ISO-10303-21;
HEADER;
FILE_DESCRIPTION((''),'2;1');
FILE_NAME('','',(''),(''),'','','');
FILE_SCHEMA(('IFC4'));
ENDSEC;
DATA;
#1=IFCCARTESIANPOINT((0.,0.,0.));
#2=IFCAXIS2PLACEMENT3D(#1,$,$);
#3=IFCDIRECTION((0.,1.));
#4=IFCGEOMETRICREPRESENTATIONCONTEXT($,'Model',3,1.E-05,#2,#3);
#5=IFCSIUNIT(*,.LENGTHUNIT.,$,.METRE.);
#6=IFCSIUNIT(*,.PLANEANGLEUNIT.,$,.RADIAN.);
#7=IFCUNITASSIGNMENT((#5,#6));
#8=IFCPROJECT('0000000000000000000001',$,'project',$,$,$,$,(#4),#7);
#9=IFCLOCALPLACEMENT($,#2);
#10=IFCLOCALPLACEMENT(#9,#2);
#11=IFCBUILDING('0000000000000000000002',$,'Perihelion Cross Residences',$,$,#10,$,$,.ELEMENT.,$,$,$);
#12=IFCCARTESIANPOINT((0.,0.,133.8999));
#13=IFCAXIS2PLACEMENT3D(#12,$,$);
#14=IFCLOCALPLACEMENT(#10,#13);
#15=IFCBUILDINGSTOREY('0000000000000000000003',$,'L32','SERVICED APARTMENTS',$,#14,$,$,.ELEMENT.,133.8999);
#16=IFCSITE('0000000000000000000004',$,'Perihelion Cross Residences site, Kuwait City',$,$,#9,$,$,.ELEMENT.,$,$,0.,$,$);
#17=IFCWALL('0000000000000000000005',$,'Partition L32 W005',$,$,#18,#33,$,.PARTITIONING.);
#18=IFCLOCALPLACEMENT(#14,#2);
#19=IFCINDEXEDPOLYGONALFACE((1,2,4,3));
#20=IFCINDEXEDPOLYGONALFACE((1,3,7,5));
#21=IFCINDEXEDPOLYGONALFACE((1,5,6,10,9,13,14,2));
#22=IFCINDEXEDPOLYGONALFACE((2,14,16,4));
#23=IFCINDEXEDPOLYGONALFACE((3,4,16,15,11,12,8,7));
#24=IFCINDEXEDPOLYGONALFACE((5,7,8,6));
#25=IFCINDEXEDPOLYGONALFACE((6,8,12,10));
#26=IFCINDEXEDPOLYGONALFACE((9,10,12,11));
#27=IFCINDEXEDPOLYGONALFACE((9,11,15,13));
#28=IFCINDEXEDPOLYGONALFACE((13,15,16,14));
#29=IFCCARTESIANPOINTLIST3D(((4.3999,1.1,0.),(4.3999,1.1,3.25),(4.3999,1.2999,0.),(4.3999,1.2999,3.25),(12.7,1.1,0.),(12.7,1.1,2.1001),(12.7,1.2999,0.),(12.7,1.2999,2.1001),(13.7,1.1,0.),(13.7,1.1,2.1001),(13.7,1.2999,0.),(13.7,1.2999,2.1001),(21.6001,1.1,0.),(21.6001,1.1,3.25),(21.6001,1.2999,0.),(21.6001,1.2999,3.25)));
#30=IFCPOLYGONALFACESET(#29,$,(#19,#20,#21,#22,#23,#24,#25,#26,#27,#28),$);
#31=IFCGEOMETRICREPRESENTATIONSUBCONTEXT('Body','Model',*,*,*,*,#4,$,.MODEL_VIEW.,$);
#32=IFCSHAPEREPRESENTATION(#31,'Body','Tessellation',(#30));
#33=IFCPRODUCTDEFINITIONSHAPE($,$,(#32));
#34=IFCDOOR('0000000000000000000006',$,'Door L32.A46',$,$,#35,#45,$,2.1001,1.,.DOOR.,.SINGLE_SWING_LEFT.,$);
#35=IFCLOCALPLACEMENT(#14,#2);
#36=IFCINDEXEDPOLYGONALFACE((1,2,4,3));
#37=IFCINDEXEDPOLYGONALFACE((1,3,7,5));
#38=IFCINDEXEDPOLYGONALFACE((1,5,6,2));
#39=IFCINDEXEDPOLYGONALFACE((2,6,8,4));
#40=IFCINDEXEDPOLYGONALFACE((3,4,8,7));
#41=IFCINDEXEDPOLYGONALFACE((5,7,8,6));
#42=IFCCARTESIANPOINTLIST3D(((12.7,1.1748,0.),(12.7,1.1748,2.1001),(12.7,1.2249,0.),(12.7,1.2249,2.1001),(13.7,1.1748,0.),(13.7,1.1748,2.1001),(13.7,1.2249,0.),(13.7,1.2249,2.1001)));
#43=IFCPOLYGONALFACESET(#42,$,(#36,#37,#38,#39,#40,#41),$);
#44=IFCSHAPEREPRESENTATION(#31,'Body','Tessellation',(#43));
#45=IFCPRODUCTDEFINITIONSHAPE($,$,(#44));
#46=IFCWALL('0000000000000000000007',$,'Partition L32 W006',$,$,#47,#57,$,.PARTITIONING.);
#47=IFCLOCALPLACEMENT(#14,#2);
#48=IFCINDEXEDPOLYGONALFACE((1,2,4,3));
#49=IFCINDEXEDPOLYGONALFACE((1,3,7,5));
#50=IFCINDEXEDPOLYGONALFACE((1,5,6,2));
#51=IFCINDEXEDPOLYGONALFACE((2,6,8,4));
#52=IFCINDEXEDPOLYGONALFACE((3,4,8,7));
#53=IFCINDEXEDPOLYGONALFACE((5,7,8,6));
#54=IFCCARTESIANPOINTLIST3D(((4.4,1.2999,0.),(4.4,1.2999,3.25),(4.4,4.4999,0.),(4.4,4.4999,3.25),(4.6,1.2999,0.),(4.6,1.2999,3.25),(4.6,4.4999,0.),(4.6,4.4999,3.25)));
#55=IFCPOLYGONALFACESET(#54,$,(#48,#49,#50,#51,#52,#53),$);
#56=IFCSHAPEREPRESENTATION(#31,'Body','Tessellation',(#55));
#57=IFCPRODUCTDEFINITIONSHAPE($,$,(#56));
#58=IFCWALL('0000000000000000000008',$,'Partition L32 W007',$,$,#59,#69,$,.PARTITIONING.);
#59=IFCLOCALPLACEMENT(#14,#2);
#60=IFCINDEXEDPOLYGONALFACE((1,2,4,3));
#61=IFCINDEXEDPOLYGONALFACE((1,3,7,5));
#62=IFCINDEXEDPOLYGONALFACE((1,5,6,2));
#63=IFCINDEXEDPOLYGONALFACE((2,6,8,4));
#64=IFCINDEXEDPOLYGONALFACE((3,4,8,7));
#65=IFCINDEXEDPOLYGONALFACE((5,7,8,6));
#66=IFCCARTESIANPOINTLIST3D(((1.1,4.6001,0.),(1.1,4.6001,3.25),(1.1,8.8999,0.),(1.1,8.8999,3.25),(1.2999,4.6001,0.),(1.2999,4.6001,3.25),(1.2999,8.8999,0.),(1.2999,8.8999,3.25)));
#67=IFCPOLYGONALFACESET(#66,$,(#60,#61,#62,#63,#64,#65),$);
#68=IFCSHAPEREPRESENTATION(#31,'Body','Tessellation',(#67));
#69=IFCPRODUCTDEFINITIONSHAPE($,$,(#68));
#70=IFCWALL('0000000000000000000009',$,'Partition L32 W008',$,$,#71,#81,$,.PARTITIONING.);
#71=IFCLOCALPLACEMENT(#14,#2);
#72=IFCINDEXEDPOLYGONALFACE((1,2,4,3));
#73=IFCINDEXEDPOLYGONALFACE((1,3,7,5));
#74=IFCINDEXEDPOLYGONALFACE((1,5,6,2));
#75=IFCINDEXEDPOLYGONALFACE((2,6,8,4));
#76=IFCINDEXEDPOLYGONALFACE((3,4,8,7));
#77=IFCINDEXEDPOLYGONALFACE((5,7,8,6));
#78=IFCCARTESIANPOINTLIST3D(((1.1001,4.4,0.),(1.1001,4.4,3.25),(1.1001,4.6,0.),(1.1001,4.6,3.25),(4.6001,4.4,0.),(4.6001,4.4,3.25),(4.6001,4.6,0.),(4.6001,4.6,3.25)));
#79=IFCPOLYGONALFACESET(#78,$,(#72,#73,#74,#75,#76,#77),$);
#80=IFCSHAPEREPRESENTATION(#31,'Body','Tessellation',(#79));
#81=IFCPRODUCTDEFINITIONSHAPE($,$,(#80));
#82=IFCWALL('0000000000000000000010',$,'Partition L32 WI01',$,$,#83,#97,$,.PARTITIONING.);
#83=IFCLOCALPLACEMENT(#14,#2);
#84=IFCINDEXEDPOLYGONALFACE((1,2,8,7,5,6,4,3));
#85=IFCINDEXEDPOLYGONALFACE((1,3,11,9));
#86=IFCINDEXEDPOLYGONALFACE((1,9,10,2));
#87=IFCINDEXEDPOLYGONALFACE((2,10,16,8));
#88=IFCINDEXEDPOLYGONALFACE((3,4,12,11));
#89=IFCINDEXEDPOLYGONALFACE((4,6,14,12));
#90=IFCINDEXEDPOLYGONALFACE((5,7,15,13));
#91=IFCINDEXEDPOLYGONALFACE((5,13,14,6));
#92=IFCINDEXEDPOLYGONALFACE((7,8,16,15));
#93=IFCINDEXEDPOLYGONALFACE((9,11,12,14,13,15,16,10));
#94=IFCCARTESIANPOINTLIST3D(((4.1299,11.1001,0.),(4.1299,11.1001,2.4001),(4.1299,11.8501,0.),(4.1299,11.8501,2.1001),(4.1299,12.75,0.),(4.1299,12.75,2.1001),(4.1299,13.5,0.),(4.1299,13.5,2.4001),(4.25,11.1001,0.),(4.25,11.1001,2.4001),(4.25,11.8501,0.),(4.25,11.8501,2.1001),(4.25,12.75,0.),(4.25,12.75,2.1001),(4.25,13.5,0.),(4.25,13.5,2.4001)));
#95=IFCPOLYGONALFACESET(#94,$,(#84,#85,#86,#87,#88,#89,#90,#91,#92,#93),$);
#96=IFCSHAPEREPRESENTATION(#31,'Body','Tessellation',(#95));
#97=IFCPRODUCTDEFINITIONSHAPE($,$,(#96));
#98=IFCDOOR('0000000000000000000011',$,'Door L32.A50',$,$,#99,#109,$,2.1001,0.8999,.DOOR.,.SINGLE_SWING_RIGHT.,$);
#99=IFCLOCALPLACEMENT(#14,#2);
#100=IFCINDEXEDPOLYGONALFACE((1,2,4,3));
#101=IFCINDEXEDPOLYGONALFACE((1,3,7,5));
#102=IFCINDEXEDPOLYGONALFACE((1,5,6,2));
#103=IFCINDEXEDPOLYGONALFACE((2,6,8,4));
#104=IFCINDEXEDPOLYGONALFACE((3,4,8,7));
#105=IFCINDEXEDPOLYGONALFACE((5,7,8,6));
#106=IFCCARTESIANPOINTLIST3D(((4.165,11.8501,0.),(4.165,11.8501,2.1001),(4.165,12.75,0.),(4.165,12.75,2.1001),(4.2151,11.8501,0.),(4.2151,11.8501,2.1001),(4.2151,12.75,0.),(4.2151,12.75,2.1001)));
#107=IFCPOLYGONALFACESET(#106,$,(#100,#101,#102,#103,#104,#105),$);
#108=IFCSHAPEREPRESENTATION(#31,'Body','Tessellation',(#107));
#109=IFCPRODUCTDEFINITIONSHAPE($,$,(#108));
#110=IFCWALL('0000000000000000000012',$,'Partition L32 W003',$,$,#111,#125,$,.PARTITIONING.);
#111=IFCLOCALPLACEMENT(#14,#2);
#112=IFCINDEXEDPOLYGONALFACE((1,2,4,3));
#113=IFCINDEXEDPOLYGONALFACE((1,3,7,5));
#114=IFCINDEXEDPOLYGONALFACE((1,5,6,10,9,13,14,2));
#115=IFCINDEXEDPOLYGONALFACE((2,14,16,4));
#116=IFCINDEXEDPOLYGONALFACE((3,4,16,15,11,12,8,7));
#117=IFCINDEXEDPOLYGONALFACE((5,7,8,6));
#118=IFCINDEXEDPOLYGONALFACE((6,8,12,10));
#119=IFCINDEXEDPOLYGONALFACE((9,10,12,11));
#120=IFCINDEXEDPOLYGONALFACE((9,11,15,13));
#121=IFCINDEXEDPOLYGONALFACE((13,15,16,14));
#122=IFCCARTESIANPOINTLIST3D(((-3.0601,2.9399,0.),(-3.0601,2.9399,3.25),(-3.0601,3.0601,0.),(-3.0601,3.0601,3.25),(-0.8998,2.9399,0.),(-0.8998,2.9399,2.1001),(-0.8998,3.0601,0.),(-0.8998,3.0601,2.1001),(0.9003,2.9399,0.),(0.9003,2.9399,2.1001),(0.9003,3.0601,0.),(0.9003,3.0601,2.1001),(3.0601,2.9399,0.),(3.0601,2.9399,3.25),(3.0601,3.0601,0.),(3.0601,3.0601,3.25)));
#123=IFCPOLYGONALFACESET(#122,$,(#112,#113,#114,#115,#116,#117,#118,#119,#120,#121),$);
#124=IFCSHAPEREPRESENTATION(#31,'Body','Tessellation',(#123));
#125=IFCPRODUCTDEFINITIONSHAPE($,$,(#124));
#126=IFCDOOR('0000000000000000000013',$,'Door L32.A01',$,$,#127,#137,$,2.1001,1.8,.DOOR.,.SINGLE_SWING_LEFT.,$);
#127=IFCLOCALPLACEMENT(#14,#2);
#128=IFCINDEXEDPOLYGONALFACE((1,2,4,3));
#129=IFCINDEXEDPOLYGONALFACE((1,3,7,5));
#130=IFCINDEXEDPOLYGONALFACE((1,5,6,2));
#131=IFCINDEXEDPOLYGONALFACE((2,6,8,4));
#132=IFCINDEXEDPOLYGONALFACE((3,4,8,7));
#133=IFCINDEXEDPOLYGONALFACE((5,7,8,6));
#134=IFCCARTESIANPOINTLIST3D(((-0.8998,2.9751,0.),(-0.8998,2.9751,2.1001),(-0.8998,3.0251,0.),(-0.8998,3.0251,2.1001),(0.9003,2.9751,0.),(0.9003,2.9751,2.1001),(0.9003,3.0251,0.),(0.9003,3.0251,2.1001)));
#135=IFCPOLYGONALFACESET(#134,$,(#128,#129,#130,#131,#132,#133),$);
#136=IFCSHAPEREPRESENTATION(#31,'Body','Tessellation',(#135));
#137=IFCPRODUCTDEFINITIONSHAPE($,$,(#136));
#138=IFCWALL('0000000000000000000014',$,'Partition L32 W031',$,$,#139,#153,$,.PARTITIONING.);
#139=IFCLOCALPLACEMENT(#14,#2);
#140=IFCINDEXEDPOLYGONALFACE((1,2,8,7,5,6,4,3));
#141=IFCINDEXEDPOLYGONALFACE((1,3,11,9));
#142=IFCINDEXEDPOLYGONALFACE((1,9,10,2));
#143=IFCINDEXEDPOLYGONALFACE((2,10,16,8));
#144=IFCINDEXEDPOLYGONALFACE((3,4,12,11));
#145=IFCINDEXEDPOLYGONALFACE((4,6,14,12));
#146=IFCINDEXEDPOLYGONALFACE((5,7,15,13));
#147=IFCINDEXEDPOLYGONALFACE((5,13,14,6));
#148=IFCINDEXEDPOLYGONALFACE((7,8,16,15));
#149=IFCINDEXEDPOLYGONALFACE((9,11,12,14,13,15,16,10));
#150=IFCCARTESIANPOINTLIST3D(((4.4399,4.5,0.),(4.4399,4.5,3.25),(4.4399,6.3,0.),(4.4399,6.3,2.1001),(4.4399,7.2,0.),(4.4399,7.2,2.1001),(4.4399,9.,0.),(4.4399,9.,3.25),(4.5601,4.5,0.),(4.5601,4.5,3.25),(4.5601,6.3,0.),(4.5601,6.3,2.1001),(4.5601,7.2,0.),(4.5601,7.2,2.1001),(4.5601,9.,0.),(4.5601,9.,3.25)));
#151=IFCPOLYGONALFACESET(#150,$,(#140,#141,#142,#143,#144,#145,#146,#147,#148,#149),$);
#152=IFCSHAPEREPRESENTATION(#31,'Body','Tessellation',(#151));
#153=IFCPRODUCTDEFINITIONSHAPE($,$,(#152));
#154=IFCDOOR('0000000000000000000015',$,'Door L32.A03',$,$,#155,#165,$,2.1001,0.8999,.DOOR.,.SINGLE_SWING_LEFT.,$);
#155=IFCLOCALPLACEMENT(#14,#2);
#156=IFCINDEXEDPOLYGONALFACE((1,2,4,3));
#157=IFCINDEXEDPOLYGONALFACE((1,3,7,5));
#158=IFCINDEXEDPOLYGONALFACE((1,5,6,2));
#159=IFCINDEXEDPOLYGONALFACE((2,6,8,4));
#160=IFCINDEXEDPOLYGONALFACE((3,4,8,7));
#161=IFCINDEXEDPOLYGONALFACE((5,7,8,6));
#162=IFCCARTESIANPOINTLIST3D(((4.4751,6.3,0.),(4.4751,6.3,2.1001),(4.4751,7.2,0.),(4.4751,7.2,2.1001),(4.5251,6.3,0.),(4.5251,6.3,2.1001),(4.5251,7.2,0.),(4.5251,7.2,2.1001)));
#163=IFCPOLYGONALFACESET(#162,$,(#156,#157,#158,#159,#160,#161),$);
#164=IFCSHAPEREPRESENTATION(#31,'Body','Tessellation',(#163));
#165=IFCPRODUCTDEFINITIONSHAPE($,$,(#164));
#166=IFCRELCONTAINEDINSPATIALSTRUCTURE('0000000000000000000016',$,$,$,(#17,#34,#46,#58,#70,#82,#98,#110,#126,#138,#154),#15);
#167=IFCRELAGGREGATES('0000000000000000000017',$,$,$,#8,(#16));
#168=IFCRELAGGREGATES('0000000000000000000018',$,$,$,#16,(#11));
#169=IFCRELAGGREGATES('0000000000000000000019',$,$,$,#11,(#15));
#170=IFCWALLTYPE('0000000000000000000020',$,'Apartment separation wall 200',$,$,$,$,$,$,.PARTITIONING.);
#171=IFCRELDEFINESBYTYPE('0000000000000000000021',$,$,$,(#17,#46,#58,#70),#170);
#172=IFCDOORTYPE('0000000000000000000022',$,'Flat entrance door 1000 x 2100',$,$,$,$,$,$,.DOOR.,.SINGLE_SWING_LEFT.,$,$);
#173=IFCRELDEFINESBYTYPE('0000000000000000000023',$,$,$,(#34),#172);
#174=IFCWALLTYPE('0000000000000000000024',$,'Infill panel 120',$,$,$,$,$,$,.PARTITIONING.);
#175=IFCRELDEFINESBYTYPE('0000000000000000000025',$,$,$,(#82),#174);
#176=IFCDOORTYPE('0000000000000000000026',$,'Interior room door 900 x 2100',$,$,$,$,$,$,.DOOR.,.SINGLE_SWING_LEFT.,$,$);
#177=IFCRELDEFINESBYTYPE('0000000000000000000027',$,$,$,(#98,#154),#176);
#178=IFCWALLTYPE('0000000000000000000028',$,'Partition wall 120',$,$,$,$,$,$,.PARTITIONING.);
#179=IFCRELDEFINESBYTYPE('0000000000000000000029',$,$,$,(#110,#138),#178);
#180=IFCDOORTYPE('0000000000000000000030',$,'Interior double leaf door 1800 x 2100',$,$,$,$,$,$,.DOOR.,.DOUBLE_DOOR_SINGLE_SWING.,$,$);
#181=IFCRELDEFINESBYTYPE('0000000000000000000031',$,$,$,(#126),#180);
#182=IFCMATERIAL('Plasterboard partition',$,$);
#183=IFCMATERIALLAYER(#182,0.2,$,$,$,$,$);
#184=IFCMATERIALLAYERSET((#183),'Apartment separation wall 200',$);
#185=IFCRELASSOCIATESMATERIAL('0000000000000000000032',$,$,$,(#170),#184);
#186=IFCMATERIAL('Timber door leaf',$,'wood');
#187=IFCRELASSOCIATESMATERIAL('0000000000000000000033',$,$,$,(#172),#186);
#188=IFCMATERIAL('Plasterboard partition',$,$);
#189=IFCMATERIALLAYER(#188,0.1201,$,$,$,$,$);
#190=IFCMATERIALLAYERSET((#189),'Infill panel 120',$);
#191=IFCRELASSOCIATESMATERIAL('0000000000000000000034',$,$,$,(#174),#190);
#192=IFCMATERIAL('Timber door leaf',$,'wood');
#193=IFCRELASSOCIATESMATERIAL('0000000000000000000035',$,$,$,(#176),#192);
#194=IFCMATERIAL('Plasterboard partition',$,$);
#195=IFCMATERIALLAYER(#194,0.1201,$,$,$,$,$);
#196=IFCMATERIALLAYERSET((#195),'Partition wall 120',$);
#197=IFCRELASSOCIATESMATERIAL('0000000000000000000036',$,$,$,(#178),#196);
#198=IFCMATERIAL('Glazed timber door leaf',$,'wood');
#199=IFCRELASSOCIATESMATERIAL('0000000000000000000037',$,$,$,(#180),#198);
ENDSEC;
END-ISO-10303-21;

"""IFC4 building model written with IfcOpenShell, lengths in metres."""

from ifc_helpers import new_model, si_unit, direction, frame, frame_2d, origin, place, context, subcontext, project, spatial, rectangle, extrude, material, layer, layer_set, type_object, element, fill, save


model = new_model("IFC4")

# Units and contexts
model_context = context("Model", 3, precision=1e-05, world=origin(), true_north=direction((0.0, 1.0)))
body_context = subcontext(model_context, "Body", "Model", "MODEL_VIEW")
ifc_project = project(units=[si_unit("LENGTHUNIT", "METRE"), si_unit("PLANEANGLEUNIT", "RADIAN")], contexts=[model_context])

# Site, building, storey
site_placement = place(None, origin())
site = spatial("IfcSite", under=ifc_project, at=site_placement, Name="Perihelion Cross Residences site, Kuwait City", CompositionType="ELEMENT", RefElevation=0.0)
building_placement = place(site_placement, origin())
building = spatial("IfcBuilding", under=site, at=building_placement, Name="Perihelion Cross Residences", CompositionType="ELEMENT")
storey_placement = place(building_placement, frame((0.0, 0.0, 133.8999)))
storey = spatial("IfcBuildingStorey", under=building, at=storey_placement, Name="L32", Description="SERVICED APARTMENTS", CompositionType="ELEMENT", Elevation=133.8999)

# Wall, opening, door
ifc_material_1 = material(Name="Plasterboard partition")
ifc_layer_1 = layer(ifc_material_1, 0.2)
ifc_layer_set_1 = layer_set([ifc_layer_1], Name="Apartment separation wall 200")
wall_type_1 = type_object("IfcWallType", Name="Apartment separation wall 200", PredefinedType="PARTITIONING", material=ifc_layer_set_1)
wall_1_placement = place(storey_placement, frame((4.3999, 1.2, 0.0), z_axis=(0.0, 0.0, 1.0), x_axis=(1.0, 0.0, 0.0)))
wall_1 = element("IfcWall", 1, at=wall_1_placement, inside=storey, type_object=wall_type_1, Name="Partition L32 W005", PredefinedType="PARTITIONING", context=body_context, shape_type="SweptSolid", body=[
    extrude(rectangle(XDim=17.2002, YDim=0.2, at=frame_2d((8.6001, 0.0))), origin(), (0.0, 0.0, 1.0), 3.25),
])
opening_1_placement = place(wall_1_placement, frame((8.3, 0.0, 0.0)))
opening_1 = element("IfcOpeningElement", 2, at=opening_1_placement, cuts=wall_1, PredefinedType="OPENING", context=body_context, shape_type="SweptSolid", body=[
    extrude(rectangle(XDim=1.0, YDim=2.1001, at=frame_2d((0.5, 1.05))), frame((0.0, 0.1099, 0.0), z_axis=(0.0, -1.0, 0.0), x_axis=(1.0, 0.0, 0.0)), (0.0, 0.0, 1.0), 0.22),
])
ifc_material_2 = material(Name="Timber door leaf", Category="wood")
door_type_1 = type_object("IfcDoorType", Name="Flat entrance door 1000 x 2100", OperationType="SINGLE_SWING_LEFT", PredefinedType="DOOR", material=ifc_material_2)
door_1_placement = place(opening_1_placement, origin())
door_1 = element("IfcDoor", 3, at=door_1_placement, inside=storey, type_object=door_type_1, Name="Door L32.A46", OperationType="SINGLE_SWING_LEFT", OverallHeight=2.1001, OverallWidth=1.0, PredefinedType="DOOR", context=body_context, shape_type="SweptSolid", body=[
    extrude(rectangle(XDim=1.0, YDim=2.1001, at=frame_2d((0.5, 1.05))), frame((0.0, 0.0249, 0.0), z_axis=(0.0, -1.0, 0.0), x_axis=(1.0, 0.0, 0.0)), (0.0, 0.0, 1.0), 0.05),
])
fill(opening_1, door_1)

# Walls
wall_2_placement = place(storey_placement, frame((4.5, 4.5, 0.0), z_axis=(0.0, 0.0, 1.0), x_axis=(0.0, -1.0, 0.0)))
element("IfcWall", 4, at=wall_2_placement, inside=storey, type_object=wall_type_1, Name="Partition L32 W006", PredefinedType="PARTITIONING", context=body_context, shape_type="SweptSolid", body=[
    extrude(rectangle(XDim=3.2, YDim=0.2, at=frame_2d((1.6001, 0.0))), origin(), (0.0, 0.0, 1.0), 3.25),
])
wall_3_placement = place(storey_placement, frame((1.2, 8.8999, 0.0), z_axis=(0.0, 0.0, 1.0), x_axis=(0.0, -1.0, 0.0)))
element("IfcWall", 5, at=wall_3_placement, inside=storey, type_object=wall_type_1, Name="Partition L32 W007", PredefinedType="PARTITIONING", context=body_context, shape_type="SweptSolid", body=[
    extrude(rectangle(XDim=4.2998, YDim=0.2, at=frame_2d((2.1499, 0.0))), origin(), (0.0, 0.0, 1.0), 3.25),
])
wall_4_placement = place(storey_placement, frame((1.1001, 4.5, 0.0), z_axis=(0.0, 0.0, 1.0), x_axis=(1.0, 0.0, 0.0)))
element("IfcWall", 6, at=wall_4_placement, inside=storey, type_object=wall_type_1, Name="Partition L32 W008", PredefinedType="PARTITIONING", context=body_context, shape_type="SweptSolid", body=[
    extrude(rectangle(XDim=3.5, YDim=0.2, at=frame_2d((1.75, 0.0))), origin(), (0.0, 0.0, 1.0), 3.25),
])

# Walls, openings, doors
ifc_material_3 = material(Name="Plasterboard partition")
ifc_layer_2 = layer(ifc_material_3, 0.1201)
ifc_layer_set_2 = layer_set([ifc_layer_2], Name="Infill panel 120")
wall_type_2 = type_object("IfcWallType", Name="Infill panel 120", PredefinedType="PARTITIONING", material=ifc_layer_set_2)
wall_5_placement = place(storey_placement, frame((4.1899, 11.1001, 0.0), z_axis=(0.0, 0.0, 1.0), x_axis=(0.0, 1.0, 0.0)))
wall_5 = element("IfcWall", 7, at=wall_5_placement, inside=storey, type_object=wall_type_2, Name="Partition L32 WI01", PredefinedType="PARTITIONING", context=body_context, shape_type="SweptSolid", body=[
    extrude(rectangle(XDim=2.3999, YDim=0.1201, at=frame_2d((1.2, 0.0))), origin(), (0.0, 0.0, 1.0), 2.4001),
])
opening_2_placement = place(wall_5_placement, frame((0.75, 0.0, 0.0)))
opening_2 = element("IfcOpeningElement", 8, at=opening_2_placement, cuts=wall_5, PredefinedType="OPENING", context=body_context, shape_type="SweptSolid", body=[
    extrude(rectangle(XDim=0.8999, YDim=2.1001, at=frame_2d((0.45, 1.05))), frame((0.0, 0.0701, 0.0), z_axis=(0.0, -1.0, 0.0), x_axis=(1.0, 0.0, 0.0)), (0.0, 0.0, 1.0), 0.1401),
])
ifc_material_4 = material(Name="Timber door leaf", Category="wood")
door_type_2 = type_object("IfcDoorType", Name="Interior room door 900 x 2100", OperationType="SINGLE_SWING_LEFT", PredefinedType="DOOR", material=ifc_material_4)
door_2_placement = place(opening_2_placement, origin())
door_2 = element("IfcDoor", 9, at=door_2_placement, inside=storey, type_object=door_type_2, Name="Door L32.A50", OperationType="SINGLE_SWING_RIGHT", OverallHeight=2.1001, OverallWidth=0.8999, PredefinedType="DOOR", context=body_context, shape_type="SweptSolid", body=[
    extrude(rectangle(XDim=0.8999, YDim=2.1001, at=frame_2d((0.45, 1.05))), frame((0.0, 0.0249, 0.0), z_axis=(0.0, -1.0, 0.0), x_axis=(1.0, 0.0, 0.0)), (0.0, 0.0, 1.0), 0.05),
])
fill(opening_2, door_2)
ifc_material_5 = material(Name="Plasterboard partition")
ifc_layer_3 = layer(ifc_material_5, 0.1201)
ifc_layer_set_3 = layer_set([ifc_layer_3], Name="Partition wall 120")
wall_type_3 = type_object("IfcWallType", Name="Partition wall 120", PredefinedType="PARTITIONING", material=ifc_layer_set_3)
wall_6_placement = place(storey_placement, frame((3.0601, 3.0, 0.0), z_axis=(0.0, 0.0, 1.0), x_axis=(-1.0, 0.0, 0.0)))
wall_6 = element("IfcWall", 10, at=wall_6_placement, inside=storey, type_object=wall_type_3, Name="Partition L32 W003", PredefinedType="PARTITIONING", context=body_context, shape_type="SweptSolid", body=[
    extrude(rectangle(XDim=6.1201, YDim=0.1201, at=frame_2d((3.0601, 0.0))), origin(), (0.0, 0.0, 1.0), 3.25),
])
opening_3_placement = place(wall_6_placement, frame((2.1599, 0.0, 0.0)))
opening_3 = element("IfcOpeningElement", 11, at=opening_3_placement, cuts=wall_6, PredefinedType="OPENING", context=body_context, shape_type="SweptSolid", body=[
    extrude(rectangle(XDim=1.8, YDim=2.1001, at=frame_2d((0.8999, 1.05))), frame((0.0, 0.0701, 0.0), z_axis=(0.0, -1.0, 0.0), x_axis=(1.0, 0.0, 0.0)), (0.0, 0.0, 1.0), 0.1401),
])
ifc_material_6 = material(Name="Glazed timber door leaf", Category="wood")
door_type_3 = type_object("IfcDoorType", Name="Interior double leaf door 1800 x 2100", OperationType="DOUBLE_DOOR_SINGLE_SWING", PredefinedType="DOOR", material=ifc_material_6)
door_3_placement = place(opening_3_placement, origin())
door_3 = element("IfcDoor", 12, at=door_3_placement, inside=storey, type_object=door_type_3, Name="Door L32.A01", OperationType="SINGLE_SWING_LEFT", OverallHeight=2.1001, OverallWidth=1.8, PredefinedType="DOOR", context=body_context, shape_type="SweptSolid", body=[
    extrude(rectangle(XDim=1.8, YDim=2.1001, at=frame_2d((0.8999, 1.05))), frame((0.0, 0.0249, 0.0), z_axis=(0.0, -1.0, 0.0), x_axis=(1.0, 0.0, 0.0)), (0.0, 0.0, 1.0), 0.05),
])
fill(opening_3, door_3)
wall_7_placement = place(storey_placement, frame((4.5, 4.5, 0.0), z_axis=(0.0, 0.0, 1.0), x_axis=(0.0, 1.0, 0.0)))
wall_7 = element("IfcWall", 13, at=wall_7_placement, inside=storey, type_object=wall_type_3, Name="Partition L32 W031", PredefinedType="PARTITIONING", context=body_context, shape_type="SweptSolid", body=[
    extrude(rectangle(XDim=4.5, YDim=0.1201, at=frame_2d((2.25, 0.0))), origin(), (0.0, 0.0, 1.0), 3.25),
])
opening_4_placement = place(wall_7_placement, frame((1.8, 0.0, 0.0)))
opening_4 = element("IfcOpeningElement", 14, at=opening_4_placement, cuts=wall_7, PredefinedType="OPENING", context=body_context, shape_type="SweptSolid", body=[
    extrude(rectangle(XDim=0.8999, YDim=2.1001, at=frame_2d((0.45, 1.05))), frame((0.0, 0.0701, 0.0), z_axis=(0.0, -1.0, 0.0), x_axis=(1.0, 0.0, 0.0)), (0.0, 0.0, 1.0), 0.1401),
])
door_4_placement = place(opening_4_placement, origin())
door_4 = element("IfcDoor", 15, at=door_4_placement, inside=storey, type_object=door_type_2, Name="Door L32.A03", OperationType="SINGLE_SWING_LEFT", OverallHeight=2.1001, OverallWidth=0.8999, PredefinedType="DOOR", context=body_context, shape_type="SweptSolid", body=[
    extrude(rectangle(XDim=0.8999, YDim=2.1001, at=frame_2d((0.45, 1.05))), frame((0.0, 0.0249, 0.0), z_axis=(0.0, -1.0, 0.0), x_axis=(1.0, 0.0, 0.0)), (0.0, 0.0, 1.0), 0.05),
])
fill(opening_4, door_4)

save(model, "model.ifc")
